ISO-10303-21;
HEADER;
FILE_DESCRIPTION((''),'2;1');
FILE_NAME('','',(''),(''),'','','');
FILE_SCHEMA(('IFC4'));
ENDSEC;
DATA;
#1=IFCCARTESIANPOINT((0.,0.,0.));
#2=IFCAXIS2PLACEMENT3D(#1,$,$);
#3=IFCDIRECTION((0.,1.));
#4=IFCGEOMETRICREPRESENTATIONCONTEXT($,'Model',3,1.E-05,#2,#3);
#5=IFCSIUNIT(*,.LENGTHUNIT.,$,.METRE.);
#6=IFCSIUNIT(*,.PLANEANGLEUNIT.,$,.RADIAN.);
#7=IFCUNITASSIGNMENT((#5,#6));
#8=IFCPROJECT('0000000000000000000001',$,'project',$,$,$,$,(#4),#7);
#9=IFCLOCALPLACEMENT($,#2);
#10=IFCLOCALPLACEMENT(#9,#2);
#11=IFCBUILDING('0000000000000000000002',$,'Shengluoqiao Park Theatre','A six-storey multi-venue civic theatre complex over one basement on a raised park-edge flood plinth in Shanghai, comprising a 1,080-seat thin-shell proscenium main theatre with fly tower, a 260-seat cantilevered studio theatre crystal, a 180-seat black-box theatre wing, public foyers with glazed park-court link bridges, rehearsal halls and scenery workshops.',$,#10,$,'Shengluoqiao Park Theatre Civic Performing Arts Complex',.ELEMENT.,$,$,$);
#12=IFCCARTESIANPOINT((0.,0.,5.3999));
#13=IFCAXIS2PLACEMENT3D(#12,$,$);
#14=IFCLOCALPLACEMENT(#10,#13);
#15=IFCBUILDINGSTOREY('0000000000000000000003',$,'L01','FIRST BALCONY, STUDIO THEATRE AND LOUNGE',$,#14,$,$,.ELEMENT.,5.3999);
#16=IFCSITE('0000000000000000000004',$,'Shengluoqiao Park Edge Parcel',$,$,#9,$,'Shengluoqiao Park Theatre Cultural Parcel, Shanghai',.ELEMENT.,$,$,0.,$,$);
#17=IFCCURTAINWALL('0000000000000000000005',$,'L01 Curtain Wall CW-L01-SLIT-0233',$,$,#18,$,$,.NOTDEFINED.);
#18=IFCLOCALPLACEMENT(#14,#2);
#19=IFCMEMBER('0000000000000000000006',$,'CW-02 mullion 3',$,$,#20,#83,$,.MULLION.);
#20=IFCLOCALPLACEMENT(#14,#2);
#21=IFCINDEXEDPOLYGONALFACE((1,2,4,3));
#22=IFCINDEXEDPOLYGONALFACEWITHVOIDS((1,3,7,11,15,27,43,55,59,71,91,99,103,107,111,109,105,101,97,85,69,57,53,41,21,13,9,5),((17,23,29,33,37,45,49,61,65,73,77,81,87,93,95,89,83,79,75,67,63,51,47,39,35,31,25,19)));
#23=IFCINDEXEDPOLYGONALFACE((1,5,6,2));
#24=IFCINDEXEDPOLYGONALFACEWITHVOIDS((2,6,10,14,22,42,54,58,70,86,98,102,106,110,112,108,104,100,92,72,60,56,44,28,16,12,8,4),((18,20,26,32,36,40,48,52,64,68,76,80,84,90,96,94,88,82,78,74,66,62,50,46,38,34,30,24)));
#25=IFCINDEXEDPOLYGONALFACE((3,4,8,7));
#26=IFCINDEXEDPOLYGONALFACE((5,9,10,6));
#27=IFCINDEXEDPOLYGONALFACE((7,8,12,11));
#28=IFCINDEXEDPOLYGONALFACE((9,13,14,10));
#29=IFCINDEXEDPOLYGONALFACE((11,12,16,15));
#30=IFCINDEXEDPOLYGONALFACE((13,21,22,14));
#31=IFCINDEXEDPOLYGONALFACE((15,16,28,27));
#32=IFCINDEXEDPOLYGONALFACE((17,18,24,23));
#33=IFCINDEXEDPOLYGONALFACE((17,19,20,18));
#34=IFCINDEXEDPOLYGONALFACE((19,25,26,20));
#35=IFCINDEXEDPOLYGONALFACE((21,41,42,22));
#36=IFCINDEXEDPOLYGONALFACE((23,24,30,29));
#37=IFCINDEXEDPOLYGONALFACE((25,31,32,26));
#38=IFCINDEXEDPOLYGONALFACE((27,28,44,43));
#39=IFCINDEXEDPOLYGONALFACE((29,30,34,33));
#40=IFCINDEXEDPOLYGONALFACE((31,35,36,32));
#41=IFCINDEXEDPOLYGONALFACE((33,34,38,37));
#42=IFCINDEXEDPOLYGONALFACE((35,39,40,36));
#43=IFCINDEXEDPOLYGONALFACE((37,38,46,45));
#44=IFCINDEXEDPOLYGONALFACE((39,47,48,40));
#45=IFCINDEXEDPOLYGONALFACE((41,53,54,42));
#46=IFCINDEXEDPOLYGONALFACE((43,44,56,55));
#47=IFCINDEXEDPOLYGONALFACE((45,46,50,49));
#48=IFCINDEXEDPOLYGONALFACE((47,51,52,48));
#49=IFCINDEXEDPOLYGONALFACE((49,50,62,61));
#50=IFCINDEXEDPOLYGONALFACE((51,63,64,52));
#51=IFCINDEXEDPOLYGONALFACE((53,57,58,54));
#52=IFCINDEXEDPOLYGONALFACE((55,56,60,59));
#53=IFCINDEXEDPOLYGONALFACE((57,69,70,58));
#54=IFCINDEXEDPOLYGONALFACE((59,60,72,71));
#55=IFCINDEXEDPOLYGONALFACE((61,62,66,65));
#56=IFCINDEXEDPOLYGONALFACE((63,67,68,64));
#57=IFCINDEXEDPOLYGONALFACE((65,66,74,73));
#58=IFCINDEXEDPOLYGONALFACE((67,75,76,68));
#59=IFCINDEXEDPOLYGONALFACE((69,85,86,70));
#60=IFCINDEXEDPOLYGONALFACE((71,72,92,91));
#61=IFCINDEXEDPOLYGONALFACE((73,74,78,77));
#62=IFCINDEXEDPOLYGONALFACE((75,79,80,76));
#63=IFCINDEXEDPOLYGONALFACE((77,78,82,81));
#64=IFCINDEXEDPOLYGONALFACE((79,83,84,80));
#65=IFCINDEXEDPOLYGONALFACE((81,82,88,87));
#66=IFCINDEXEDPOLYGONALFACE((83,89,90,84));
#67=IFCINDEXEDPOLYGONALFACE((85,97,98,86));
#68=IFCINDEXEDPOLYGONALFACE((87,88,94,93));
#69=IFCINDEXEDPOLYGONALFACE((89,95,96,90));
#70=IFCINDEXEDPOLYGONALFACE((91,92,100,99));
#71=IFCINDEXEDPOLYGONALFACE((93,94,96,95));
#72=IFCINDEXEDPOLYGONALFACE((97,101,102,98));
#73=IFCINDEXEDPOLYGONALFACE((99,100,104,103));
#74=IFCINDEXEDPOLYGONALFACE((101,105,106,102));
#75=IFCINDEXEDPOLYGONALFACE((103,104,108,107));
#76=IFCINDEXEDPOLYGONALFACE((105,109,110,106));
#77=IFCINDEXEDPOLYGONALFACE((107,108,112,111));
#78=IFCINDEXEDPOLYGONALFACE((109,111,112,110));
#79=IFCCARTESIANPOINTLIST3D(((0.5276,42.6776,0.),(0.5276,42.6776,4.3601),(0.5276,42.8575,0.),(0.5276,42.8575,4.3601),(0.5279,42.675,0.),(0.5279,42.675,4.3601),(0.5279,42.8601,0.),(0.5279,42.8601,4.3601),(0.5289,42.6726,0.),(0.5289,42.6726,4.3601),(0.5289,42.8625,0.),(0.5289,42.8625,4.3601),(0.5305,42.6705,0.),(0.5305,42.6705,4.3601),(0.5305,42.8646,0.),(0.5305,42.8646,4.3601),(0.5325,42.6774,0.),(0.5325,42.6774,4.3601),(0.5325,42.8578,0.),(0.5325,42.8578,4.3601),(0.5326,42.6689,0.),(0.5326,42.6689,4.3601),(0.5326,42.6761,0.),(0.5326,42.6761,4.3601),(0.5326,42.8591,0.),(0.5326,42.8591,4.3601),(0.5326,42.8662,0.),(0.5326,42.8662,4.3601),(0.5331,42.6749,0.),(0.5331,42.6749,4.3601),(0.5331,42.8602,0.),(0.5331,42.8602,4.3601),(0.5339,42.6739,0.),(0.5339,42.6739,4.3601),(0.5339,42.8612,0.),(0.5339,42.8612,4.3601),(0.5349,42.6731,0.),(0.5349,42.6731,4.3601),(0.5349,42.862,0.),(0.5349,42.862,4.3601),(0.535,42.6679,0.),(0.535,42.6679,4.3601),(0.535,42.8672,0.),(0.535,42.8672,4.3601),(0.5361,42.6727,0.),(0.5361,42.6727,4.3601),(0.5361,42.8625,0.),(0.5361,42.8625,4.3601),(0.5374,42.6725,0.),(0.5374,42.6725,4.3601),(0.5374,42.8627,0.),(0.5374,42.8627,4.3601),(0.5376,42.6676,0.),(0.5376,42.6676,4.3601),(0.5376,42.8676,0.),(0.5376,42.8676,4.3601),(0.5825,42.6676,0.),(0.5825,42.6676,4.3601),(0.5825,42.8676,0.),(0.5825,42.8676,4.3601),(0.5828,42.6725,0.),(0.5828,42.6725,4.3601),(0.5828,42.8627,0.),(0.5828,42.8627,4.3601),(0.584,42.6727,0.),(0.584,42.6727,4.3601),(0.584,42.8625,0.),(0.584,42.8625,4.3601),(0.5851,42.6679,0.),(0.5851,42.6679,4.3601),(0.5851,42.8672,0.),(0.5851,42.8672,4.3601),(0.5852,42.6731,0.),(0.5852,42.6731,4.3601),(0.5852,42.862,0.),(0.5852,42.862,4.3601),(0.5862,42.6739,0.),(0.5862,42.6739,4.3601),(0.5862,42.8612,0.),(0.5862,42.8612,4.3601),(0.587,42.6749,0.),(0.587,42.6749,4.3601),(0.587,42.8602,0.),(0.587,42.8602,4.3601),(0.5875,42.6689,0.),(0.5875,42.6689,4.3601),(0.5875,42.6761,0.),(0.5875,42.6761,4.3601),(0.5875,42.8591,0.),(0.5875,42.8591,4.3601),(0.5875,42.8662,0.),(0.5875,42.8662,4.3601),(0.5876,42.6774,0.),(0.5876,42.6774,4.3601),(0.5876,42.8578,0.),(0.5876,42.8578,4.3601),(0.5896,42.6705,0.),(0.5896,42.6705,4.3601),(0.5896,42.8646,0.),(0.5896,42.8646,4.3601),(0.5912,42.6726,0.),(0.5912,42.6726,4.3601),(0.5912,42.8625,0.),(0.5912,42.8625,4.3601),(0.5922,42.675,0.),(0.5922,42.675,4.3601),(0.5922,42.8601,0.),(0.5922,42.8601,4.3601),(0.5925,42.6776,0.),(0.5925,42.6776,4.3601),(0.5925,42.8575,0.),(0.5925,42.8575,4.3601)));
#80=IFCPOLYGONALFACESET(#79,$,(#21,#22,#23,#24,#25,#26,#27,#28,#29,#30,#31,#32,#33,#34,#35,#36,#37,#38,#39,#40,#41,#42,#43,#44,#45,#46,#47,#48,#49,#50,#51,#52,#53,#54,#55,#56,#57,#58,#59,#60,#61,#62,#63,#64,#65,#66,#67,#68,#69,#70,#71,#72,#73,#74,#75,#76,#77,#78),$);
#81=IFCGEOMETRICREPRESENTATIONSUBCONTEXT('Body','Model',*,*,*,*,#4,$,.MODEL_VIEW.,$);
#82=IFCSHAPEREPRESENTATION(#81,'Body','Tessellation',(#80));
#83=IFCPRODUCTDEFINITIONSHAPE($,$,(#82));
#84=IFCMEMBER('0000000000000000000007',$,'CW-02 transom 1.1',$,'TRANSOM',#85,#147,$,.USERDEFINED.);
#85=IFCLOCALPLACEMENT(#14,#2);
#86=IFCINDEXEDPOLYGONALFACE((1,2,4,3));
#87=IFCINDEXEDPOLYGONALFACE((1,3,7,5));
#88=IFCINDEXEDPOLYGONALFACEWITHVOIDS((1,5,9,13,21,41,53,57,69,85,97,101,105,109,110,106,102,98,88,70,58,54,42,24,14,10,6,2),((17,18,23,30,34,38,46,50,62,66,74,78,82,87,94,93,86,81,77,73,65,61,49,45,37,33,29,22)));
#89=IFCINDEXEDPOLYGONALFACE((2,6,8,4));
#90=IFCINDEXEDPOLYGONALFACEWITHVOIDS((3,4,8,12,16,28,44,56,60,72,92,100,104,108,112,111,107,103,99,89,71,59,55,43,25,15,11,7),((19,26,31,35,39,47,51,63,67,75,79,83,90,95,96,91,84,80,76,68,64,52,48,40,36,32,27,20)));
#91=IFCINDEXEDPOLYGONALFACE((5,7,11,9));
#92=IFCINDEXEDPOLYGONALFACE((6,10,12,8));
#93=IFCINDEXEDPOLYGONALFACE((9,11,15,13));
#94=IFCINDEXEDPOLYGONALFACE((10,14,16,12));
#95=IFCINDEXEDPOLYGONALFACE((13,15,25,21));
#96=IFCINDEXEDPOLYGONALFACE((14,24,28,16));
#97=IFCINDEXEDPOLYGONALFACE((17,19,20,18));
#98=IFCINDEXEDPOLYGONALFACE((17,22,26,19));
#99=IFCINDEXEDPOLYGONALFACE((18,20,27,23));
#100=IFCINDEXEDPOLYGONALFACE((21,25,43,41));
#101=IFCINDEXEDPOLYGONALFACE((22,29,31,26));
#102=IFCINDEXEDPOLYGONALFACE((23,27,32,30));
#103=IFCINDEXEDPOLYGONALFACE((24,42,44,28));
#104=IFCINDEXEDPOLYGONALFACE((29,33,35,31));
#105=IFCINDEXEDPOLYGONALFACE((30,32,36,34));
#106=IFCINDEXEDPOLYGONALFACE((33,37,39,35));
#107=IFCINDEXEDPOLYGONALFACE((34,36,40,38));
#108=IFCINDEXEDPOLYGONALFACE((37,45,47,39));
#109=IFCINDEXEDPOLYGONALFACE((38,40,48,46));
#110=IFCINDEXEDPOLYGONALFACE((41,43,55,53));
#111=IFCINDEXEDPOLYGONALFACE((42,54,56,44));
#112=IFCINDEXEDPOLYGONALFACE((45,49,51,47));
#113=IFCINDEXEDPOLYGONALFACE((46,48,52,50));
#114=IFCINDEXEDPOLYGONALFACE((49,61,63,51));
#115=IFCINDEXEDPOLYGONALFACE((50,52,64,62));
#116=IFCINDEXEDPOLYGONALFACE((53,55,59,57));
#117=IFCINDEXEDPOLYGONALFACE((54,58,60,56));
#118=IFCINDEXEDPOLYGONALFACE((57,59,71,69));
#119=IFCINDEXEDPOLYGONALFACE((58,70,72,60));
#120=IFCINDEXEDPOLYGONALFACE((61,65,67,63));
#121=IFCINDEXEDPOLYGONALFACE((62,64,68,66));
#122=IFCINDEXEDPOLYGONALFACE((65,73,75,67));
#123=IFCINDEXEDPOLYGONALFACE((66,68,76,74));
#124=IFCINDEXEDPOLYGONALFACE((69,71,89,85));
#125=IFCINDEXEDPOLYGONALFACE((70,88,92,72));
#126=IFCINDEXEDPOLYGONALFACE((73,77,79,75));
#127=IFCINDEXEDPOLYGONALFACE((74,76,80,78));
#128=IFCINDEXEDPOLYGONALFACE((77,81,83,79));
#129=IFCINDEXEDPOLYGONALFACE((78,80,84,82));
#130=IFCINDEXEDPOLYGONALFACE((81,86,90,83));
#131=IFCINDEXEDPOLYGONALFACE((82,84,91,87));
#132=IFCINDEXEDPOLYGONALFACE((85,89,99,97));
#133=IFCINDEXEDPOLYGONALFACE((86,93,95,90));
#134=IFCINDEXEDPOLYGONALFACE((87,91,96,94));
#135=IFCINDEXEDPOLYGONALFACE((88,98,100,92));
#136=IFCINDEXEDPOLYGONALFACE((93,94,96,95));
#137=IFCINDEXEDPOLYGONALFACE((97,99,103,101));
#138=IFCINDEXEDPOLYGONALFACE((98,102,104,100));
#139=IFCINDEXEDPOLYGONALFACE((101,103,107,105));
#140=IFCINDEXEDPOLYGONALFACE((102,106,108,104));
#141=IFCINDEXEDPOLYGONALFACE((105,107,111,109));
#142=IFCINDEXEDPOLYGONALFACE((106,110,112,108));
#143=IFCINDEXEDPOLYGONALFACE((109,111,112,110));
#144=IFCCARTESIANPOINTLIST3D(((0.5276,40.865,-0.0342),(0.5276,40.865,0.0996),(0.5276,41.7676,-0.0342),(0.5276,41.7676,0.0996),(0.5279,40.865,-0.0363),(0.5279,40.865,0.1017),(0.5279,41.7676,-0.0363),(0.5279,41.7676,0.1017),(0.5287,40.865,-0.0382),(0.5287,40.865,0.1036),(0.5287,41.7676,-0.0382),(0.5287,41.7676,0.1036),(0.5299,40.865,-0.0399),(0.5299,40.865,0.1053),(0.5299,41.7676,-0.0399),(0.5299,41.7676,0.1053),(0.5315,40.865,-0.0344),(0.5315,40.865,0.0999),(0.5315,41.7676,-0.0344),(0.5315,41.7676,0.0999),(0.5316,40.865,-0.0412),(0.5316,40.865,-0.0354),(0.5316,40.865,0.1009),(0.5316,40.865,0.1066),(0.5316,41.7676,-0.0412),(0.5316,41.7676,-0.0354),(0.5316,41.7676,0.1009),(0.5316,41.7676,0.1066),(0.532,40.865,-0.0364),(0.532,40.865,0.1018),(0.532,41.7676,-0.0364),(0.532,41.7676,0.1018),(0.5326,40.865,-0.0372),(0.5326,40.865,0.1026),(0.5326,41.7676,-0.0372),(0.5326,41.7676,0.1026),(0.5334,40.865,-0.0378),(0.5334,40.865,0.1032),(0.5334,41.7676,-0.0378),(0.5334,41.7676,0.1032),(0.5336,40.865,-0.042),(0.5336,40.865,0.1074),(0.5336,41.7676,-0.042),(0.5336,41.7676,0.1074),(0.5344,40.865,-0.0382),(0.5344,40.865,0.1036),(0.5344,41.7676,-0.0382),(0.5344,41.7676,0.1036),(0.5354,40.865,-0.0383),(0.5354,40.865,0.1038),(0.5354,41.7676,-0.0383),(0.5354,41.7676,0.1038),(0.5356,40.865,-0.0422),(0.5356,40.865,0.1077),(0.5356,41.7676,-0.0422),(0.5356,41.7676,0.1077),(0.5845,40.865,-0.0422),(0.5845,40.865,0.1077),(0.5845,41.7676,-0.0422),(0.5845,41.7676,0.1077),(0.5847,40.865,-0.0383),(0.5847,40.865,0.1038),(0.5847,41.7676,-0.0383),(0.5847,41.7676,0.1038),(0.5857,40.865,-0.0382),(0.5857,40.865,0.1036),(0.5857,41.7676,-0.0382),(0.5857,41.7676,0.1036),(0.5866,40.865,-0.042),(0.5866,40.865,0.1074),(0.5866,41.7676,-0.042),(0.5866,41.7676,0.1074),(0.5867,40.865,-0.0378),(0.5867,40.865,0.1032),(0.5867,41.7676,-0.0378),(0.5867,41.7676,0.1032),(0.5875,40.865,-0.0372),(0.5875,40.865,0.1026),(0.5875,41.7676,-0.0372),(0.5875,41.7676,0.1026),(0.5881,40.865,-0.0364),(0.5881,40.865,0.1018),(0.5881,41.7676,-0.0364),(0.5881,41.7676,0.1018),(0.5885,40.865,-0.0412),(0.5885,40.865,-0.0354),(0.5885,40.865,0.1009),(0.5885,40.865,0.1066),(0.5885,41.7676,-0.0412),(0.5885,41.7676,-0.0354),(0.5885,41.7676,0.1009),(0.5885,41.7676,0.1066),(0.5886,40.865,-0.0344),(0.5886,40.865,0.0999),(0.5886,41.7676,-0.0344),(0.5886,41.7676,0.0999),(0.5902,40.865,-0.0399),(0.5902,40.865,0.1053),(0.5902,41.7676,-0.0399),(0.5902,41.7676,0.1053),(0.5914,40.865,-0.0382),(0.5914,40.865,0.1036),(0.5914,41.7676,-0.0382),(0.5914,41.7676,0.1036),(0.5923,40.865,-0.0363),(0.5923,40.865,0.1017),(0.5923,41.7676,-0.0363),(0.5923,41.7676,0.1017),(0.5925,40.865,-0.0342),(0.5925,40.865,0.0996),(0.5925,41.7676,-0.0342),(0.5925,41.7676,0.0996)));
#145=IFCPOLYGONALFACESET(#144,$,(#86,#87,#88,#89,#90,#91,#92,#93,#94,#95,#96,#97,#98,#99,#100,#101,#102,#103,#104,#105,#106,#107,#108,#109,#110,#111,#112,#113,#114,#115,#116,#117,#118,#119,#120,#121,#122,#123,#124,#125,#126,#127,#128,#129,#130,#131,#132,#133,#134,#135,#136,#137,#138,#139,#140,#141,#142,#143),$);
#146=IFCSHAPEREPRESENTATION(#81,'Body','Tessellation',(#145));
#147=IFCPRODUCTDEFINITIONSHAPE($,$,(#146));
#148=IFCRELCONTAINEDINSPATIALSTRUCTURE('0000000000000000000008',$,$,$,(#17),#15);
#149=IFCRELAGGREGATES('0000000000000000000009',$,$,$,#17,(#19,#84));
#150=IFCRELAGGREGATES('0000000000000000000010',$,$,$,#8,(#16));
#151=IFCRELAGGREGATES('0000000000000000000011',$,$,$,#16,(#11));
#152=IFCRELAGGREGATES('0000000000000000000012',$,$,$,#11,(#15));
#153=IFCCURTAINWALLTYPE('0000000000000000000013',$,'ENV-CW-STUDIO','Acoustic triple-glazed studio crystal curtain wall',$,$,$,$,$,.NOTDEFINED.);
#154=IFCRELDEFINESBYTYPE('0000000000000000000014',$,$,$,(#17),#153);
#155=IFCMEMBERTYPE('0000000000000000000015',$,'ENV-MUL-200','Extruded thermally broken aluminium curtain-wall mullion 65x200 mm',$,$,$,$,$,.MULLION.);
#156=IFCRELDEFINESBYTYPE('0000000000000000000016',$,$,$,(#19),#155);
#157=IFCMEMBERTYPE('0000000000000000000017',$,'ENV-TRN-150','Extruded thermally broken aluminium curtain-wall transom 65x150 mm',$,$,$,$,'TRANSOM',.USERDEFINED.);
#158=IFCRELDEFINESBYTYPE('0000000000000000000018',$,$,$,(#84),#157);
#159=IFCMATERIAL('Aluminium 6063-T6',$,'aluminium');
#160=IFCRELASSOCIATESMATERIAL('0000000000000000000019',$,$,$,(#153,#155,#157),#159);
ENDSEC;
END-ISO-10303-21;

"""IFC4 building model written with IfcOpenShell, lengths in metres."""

from ifc_helpers import new_model, si_unit, direction, frame, origin, origin_2d, place, context, subcontext, project, spatial, hollow_rectangle, extrude, material, material_profile, profile_set, type_object, element, aggregate, save


model = new_model("IFC4")

# Units and contexts
model_context = context("Model", 3, precision=1e-05, world=origin(), true_north=direction((0.0, 1.0)))
body_context = subcontext(model_context, "Body", "Model", "MODEL_VIEW")
ifc_project = project(units=[si_unit("LENGTHUNIT", "METRE"), si_unit("PLANEANGLEUNIT", "RADIAN")], contexts=[model_context])

# Site, building, storey
site_placement = place(None, origin())
site = spatial("IfcSite", under=ifc_project, at=site_placement, Name="Shengluoqiao Park Edge Parcel", LongName="Shengluoqiao Park Theatre Cultural Parcel, Shanghai", CompositionType="ELEMENT", RefElevation=0.0)
building_placement = place(site_placement, origin())
building = spatial("IfcBuilding", under=site, at=building_placement, Name="Shengluoqiao Park Theatre", Description="A six-storey multi-venue civic theatre complex over one basement on a raised park-edge flood plinth in Shanghai, comprising a 1,080-seat thin-shell proscenium main theatre with fly tower, a 260-seat cantilevered studio theatre crystal, a 180-seat black-box theatre wing, public foyers with glazed park-court link bridges, rehearsal halls and scenery workshops.", LongName="Shengluoqiao Park Theatre Civic Performing Arts Complex", CompositionType="ELEMENT")
storey_placement = place(building_placement, frame((0.0, 0.0, 5.3999)))
storey = spatial("IfcBuildingStorey", under=building, at=storey_placement, Name="L01", Description="FIRST BALCONY, STUDIO THEATRE AND LOUNGE", CompositionType="ELEMENT", Elevation=5.3999)

# Curtain wall, members
ifc_material_1 = material(Name="Aluminium 6063-T6", Category="aluminium")
curtain_wall_type = type_object("IfcCurtainWallType", Name="ENV-CW-STUDIO", Description="Acoustic triple-glazed studio crystal curtain wall", PredefinedType="NOTDEFINED", material=ifc_material_1)
curtain_wall_placement = place(storey_placement, origin())
curtain_wall = element("IfcCurtainWall", 1, at=curtain_wall_placement, inside=storey, type_object=curtain_wall_type, Name="L01 Curtain Wall CW-L01-SLIT-0233", PredefinedType="NOTDEFINED")
ifc_material_profile_1 = material_profile(ifc_material_1, hollow_rectangle(XDim=0.0649, YDim=0.2, WallThickness=0.0049, InnerFilletRadius=0.0049, OuterFilletRadius=0.01, at=origin_2d()), Name="ALU MULLION 200x65x5")
ifc_profile_set_1 = profile_set([ifc_material_profile_1], Name="Aluminium 6063-T6")
member_type_1 = type_object("IfcMemberType", Name="ENV-MUL-200", Description="Extruded thermally broken aluminium curtain-wall mullion 65x200 mm", PredefinedType="MULLION", material=ifc_profile_set_1)
member_1_placement = place(storey_placement, frame((0.5601, 42.7676, 0.0), z_axis=(0.0, 0.0, 1.0), x_axis=(-1.0, 0.0, 0.0)))
member_1 = element("IfcMember", 2, at=member_1_placement, type_object=member_type_1, Name="CW-02 mullion 3", PredefinedType="MULLION", context=body_context, shape_type="SweptSolid", body=[
    extrude(hollow_rectangle(XDim=0.0649, YDim=0.2, WallThickness=0.0049, InnerFilletRadius=0.0049, OuterFilletRadius=0.01, at=origin_2d()), origin(), (0.0, 0.0, 1.0), 4.3601),
])
ifc_material_profile_2 = material_profile(ifc_material_1, hollow_rectangle(XDim=0.0649, YDim=0.1499, WallThickness=0.0039, InnerFilletRadius=0.0039, OuterFilletRadius=0.0081, at=origin_2d()), Name="ALU TRANSOM 150x65x4")
ifc_profile_set_2 = profile_set([ifc_material_profile_2], Name="Aluminium 6063-T6")
member_type_2 = type_object("IfcMemberType", Name="ENV-TRN-150", Description="Extruded thermally broken aluminium curtain-wall transom 65x150 mm", ElementType="TRANSOM", PredefinedType="USERDEFINED", material=ifc_profile_set_2)
member_2_placement = place(storey_placement, frame((0.5601, 40.865, 0.0327), z_axis=(0.0, 1.0, 0.0), x_axis=(-1.0, 0.0, 0.0)))
member_2 = element("IfcMember", 3, at=member_2_placement, type_object=member_type_2, Name="CW-02 transom 1.1", ObjectType="TRANSOM", PredefinedType="USERDEFINED", context=body_context, shape_type="SweptSolid", body=[
    extrude(hollow_rectangle(XDim=0.0649, YDim=0.1499, WallThickness=0.0039, InnerFilletRadius=0.0039, OuterFilletRadius=0.0081, at=origin_2d()), origin(), (0.0, 0.0, 1.0), 0.9026),
])

aggregate(curtain_wall, [member_1, member_2])

save(model, "model.ifc")
